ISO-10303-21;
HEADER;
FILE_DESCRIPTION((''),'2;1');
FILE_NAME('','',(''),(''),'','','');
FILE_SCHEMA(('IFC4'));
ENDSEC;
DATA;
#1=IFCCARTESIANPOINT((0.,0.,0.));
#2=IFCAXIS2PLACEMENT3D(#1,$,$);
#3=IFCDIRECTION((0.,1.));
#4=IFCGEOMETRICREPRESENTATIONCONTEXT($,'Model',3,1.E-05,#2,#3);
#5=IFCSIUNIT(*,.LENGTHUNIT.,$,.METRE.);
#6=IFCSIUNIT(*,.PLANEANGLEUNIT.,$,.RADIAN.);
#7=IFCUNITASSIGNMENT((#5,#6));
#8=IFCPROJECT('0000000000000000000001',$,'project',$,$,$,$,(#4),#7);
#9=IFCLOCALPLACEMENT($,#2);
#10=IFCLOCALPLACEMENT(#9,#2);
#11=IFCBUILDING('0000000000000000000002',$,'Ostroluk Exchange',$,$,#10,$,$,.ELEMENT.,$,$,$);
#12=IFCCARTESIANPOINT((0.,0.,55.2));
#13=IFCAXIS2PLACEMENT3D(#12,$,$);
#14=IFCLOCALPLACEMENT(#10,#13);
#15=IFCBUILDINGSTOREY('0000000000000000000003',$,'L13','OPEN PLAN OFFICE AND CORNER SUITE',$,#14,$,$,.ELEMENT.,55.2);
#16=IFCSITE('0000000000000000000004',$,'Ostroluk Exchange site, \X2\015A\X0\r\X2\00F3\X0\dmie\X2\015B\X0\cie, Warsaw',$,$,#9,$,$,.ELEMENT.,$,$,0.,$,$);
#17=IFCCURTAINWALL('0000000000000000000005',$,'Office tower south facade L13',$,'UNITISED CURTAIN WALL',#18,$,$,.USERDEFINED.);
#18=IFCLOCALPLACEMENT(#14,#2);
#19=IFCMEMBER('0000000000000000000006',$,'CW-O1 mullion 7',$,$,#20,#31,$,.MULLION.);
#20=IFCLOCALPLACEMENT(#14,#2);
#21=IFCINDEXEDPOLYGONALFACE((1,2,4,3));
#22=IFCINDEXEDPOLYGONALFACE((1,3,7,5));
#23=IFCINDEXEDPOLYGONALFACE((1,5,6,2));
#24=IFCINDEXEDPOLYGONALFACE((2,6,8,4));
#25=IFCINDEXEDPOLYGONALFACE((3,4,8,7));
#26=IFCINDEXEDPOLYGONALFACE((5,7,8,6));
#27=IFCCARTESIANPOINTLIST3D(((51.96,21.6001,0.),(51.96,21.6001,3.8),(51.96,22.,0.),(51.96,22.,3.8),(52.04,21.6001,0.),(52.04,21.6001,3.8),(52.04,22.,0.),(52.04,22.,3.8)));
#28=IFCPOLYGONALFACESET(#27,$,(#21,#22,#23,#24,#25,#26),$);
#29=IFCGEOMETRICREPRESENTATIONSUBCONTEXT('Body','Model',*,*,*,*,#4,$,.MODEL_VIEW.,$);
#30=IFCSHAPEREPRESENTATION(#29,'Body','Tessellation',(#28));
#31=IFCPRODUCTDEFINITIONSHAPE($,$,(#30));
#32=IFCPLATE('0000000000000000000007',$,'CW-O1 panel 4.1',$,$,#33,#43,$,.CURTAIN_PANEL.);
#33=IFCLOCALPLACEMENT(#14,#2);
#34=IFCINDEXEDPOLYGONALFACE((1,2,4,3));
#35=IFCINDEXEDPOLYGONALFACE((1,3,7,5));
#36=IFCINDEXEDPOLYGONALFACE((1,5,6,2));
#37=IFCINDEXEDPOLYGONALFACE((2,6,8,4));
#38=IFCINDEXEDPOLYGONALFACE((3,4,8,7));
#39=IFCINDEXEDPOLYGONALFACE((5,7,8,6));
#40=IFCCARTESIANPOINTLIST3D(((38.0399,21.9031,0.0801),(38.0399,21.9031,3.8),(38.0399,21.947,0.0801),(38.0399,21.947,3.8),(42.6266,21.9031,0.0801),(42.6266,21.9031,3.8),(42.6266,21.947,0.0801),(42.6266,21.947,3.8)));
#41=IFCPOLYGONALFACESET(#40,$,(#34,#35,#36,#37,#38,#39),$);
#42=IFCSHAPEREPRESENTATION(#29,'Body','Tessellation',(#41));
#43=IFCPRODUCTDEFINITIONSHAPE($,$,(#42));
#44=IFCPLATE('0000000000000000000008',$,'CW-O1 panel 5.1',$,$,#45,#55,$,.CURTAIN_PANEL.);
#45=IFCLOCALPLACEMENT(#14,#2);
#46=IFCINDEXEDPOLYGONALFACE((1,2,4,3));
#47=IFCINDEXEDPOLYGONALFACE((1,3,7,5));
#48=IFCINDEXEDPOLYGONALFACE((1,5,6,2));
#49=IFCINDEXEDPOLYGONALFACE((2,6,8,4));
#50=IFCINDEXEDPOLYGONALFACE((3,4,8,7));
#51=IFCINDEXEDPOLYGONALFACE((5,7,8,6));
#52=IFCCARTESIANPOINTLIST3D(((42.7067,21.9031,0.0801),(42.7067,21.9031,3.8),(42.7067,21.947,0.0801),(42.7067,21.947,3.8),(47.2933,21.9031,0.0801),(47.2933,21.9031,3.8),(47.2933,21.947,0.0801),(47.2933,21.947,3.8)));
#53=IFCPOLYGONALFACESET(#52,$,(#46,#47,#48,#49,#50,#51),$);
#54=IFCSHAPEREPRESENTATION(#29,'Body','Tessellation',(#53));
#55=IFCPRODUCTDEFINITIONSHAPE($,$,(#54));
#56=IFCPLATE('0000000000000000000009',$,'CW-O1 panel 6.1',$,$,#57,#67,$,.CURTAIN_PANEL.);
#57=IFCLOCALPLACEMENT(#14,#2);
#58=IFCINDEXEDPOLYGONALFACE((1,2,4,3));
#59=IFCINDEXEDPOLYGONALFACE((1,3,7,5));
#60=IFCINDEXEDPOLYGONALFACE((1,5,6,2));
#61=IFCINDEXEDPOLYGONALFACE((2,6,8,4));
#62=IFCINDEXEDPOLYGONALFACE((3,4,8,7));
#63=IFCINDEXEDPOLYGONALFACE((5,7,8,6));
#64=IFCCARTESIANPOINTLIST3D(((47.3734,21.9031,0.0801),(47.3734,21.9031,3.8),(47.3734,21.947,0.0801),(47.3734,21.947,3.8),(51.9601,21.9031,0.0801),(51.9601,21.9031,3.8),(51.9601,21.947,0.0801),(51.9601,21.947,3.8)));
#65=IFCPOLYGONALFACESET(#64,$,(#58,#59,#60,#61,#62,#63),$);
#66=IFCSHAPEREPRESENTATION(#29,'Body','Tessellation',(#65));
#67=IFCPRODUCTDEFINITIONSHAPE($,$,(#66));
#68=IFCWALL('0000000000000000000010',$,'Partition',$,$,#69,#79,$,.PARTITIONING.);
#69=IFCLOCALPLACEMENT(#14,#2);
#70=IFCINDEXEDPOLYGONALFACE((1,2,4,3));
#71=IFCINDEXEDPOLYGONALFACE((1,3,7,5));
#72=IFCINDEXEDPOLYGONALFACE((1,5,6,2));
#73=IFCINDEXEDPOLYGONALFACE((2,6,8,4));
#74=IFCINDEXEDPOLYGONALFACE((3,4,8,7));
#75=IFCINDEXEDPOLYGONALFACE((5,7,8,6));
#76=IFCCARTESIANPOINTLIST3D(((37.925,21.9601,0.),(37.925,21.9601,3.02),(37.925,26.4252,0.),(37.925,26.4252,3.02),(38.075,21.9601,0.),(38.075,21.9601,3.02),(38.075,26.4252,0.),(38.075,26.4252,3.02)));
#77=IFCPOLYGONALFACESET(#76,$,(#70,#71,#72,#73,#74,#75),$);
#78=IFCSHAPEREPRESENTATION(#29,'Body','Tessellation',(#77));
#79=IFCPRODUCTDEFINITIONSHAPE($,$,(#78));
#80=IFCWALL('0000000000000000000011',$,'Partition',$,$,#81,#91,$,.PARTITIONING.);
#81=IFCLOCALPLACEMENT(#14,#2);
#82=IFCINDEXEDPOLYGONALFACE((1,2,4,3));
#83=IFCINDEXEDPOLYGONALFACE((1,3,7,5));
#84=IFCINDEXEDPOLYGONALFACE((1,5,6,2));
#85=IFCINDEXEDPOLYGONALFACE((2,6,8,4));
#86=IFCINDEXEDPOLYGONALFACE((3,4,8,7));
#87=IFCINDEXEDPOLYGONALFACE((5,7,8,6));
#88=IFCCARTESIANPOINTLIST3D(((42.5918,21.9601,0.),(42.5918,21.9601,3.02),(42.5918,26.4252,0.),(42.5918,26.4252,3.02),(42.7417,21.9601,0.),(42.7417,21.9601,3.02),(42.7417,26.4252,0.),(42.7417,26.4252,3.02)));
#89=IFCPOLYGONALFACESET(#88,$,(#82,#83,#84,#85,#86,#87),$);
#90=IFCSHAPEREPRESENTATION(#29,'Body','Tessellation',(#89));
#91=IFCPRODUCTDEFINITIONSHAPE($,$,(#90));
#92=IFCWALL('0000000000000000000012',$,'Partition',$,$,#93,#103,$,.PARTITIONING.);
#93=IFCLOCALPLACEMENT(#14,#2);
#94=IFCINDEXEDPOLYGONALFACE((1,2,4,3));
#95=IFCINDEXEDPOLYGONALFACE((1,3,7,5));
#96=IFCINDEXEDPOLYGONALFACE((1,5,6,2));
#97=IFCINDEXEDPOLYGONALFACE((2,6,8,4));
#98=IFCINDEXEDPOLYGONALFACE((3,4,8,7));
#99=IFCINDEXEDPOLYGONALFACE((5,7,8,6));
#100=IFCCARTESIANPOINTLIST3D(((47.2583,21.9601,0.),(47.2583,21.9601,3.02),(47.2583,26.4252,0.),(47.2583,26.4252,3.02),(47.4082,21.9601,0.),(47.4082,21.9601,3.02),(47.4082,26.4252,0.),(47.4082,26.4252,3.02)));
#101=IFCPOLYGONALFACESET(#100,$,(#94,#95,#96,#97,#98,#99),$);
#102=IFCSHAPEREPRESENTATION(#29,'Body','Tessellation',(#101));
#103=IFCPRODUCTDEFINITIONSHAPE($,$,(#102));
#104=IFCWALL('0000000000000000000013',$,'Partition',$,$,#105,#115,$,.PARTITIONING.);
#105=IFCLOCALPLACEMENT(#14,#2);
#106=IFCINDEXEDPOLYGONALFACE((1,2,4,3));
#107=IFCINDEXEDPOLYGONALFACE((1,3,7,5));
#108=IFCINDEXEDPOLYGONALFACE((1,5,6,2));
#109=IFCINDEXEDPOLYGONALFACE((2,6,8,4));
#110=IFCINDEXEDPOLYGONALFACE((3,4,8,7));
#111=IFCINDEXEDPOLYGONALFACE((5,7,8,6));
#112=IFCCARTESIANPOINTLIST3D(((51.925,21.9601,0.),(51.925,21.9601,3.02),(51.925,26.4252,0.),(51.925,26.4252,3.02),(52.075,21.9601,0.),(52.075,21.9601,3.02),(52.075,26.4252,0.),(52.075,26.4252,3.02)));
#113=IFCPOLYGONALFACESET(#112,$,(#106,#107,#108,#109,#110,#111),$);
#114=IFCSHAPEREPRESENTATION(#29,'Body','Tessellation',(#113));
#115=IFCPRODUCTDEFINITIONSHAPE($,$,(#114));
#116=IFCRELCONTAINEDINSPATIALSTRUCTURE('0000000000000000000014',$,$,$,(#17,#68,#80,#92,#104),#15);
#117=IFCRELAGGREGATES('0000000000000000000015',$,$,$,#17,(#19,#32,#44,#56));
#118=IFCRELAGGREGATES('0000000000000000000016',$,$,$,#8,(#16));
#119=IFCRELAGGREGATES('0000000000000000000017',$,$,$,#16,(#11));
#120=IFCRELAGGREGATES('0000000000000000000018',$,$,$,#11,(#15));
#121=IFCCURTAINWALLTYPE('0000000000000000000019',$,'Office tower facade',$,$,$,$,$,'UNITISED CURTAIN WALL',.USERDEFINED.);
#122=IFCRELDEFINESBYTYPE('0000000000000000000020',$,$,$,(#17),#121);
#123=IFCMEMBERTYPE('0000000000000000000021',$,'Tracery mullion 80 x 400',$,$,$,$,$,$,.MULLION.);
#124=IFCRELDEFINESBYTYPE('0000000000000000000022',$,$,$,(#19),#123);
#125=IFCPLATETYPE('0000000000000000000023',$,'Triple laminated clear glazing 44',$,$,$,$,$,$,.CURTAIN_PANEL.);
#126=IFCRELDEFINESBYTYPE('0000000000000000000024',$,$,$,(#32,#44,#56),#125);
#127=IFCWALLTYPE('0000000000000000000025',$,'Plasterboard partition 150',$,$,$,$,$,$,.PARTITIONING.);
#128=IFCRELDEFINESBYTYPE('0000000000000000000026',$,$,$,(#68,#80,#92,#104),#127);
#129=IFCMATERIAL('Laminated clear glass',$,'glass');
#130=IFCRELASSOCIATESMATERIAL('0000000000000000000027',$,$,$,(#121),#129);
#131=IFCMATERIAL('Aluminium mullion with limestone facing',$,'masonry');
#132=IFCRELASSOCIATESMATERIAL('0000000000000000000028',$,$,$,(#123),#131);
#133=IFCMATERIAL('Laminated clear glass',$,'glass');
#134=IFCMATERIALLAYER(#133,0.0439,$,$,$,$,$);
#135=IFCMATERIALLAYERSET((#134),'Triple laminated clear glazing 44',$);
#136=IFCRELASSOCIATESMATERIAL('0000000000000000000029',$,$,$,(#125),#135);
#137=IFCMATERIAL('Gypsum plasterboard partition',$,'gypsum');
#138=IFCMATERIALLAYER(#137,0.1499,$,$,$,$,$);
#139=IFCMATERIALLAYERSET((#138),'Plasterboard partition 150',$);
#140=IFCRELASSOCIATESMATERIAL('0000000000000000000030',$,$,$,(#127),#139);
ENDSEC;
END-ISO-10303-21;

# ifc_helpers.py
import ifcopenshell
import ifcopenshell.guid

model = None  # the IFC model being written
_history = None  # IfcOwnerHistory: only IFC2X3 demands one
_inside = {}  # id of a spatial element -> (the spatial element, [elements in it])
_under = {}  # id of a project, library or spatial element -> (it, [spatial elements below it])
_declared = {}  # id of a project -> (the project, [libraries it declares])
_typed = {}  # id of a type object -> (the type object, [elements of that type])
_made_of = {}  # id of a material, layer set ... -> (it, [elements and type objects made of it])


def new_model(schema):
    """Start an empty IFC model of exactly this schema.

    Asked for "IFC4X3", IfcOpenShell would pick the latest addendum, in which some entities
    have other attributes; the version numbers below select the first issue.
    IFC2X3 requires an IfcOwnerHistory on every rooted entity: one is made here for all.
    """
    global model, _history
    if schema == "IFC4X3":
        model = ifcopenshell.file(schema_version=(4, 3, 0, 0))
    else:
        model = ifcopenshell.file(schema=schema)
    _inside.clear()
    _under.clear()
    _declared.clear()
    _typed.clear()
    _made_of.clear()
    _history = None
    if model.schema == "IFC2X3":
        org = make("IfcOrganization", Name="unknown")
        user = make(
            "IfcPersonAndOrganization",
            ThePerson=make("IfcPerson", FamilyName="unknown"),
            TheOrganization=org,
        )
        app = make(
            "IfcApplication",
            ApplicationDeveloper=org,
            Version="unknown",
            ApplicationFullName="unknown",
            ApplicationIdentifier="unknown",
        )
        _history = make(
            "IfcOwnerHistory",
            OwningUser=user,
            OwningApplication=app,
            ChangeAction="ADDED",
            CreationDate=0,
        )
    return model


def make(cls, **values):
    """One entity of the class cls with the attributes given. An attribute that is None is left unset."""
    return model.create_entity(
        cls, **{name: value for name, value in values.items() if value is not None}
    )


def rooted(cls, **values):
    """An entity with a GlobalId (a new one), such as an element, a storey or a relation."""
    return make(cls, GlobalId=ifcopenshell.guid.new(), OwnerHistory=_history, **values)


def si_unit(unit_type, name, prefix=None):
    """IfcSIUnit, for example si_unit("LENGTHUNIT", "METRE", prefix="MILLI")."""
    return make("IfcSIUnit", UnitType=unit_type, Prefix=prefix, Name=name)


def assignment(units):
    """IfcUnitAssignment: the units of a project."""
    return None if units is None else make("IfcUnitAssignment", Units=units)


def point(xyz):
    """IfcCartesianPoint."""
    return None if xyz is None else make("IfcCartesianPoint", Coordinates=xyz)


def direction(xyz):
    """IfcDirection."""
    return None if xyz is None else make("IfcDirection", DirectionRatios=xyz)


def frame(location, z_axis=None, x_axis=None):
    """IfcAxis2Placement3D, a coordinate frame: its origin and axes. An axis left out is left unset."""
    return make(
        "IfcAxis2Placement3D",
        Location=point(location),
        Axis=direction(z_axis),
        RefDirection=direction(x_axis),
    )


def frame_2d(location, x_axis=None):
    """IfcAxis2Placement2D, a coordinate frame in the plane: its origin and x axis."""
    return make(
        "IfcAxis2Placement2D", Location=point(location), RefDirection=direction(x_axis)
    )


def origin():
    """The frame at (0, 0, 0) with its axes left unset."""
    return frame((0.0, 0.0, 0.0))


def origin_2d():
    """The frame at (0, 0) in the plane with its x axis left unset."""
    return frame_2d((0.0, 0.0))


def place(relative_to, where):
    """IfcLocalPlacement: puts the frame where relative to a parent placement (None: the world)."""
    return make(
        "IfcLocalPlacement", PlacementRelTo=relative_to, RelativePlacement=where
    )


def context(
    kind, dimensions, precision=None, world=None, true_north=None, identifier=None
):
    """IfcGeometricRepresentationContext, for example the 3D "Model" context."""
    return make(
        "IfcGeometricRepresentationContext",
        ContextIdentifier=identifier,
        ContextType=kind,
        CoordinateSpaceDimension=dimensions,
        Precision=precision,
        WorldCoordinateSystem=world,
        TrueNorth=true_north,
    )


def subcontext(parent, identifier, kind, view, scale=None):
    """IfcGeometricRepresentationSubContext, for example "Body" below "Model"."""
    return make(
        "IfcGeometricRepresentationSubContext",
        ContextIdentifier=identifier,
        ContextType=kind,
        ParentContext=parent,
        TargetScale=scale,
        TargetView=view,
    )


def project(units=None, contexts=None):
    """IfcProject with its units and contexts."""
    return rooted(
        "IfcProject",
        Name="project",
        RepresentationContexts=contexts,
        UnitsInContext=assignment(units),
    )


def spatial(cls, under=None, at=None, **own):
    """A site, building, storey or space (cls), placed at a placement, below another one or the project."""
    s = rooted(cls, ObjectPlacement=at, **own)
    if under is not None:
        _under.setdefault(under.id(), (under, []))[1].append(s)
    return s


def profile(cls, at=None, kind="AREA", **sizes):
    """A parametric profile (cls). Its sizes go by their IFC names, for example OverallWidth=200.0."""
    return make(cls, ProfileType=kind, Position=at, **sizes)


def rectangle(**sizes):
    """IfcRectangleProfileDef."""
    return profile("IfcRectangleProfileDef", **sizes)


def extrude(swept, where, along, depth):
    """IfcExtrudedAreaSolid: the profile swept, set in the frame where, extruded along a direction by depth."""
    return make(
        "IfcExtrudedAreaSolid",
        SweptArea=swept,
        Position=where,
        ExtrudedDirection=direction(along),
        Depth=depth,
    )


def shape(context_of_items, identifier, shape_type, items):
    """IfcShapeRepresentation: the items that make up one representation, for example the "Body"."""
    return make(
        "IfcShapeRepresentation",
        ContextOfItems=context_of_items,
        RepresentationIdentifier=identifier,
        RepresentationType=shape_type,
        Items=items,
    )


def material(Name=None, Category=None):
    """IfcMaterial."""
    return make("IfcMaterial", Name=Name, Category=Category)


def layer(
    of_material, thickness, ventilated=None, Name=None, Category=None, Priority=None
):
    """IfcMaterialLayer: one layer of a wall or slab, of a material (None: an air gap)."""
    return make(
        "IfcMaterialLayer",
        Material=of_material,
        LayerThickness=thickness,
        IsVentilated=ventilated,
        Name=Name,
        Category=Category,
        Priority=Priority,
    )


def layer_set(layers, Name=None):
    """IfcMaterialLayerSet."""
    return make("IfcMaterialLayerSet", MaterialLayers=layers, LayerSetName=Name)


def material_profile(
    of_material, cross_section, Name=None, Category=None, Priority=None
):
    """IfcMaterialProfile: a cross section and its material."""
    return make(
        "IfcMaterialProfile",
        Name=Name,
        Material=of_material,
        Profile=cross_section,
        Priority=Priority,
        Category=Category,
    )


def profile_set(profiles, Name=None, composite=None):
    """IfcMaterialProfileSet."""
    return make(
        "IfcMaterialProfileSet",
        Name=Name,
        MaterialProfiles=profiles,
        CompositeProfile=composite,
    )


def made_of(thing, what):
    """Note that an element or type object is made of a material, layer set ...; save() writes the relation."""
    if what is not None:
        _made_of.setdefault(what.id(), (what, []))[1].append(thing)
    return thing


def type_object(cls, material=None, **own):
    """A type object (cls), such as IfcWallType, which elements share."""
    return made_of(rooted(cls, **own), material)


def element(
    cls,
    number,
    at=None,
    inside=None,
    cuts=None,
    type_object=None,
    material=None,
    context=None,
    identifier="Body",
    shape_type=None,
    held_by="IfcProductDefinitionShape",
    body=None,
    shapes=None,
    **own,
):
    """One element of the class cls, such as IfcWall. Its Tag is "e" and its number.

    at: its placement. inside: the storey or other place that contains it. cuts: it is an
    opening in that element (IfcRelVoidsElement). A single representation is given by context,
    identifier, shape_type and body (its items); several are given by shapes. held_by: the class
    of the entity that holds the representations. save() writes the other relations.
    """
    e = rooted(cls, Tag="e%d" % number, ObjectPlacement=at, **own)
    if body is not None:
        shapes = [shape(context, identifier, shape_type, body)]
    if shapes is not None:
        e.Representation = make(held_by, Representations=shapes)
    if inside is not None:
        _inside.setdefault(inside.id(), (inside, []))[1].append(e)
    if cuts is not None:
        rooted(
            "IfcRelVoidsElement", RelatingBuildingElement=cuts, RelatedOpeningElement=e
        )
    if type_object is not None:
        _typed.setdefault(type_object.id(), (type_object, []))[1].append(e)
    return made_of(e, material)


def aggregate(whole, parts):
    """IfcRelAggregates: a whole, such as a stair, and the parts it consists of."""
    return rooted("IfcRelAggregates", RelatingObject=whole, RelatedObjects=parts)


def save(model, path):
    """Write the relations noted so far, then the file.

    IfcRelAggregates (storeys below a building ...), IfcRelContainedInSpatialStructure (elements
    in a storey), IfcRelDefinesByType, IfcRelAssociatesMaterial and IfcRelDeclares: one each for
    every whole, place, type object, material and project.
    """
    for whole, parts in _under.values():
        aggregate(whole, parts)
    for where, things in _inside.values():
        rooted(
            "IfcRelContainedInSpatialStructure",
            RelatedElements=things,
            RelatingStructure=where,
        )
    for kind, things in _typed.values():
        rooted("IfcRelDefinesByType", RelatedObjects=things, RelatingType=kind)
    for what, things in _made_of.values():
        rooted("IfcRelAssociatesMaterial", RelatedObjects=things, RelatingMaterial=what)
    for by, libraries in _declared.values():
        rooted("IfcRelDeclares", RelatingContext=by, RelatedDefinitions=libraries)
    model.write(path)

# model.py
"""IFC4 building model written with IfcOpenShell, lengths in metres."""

from ifc_helpers import new_model, si_unit, direction, frame, frame_2d, origin, origin_2d, place, context, subcontext, project, spatial, rectangle, extrude, material, layer, layer_set, material_profile, profile_set, type_object, element, aggregate, save


model = new_model("IFC4")

# Units and contexts
model_context = context("Model", 3, precision=1e-05, world=origin(), true_north=direction((0.0, 1.0)))
body_context = subcontext(model_context, "Body", "Model", "MODEL_VIEW")
ifc_project = project(units=[si_unit("LENGTHUNIT", "METRE"), si_unit("PLANEANGLEUNIT", "RADIAN")], contexts=[model_context])

# Site, building, storey
site_placement = place(None, origin())
site = spatial("IfcSite", under=ifc_project, at=site_placement, Name="Ostroluk Exchange site, Śródmieście, Warsaw", CompositionType="ELEMENT", RefElevation=0.0)
building_placement = place(site_placement, origin())
building = spatial("IfcBuilding", under=site, at=building_placement, Name="Ostroluk Exchange", CompositionType="ELEMENT")
storey_placement = place(building_placement, frame((0.0, 0.0, 55.2)))
storey = spatial("IfcBuildingStorey", under=building, at=storey_placement, Name="L13", Description="OPEN PLAN OFFICE AND CORNER SUITE", CompositionType="ELEMENT", Elevation=55.2)

# Curtain wall, member, plates
ifc_material_1 = material(Name="Laminated clear glass", Category="glass")
curtain_wall_type = type_object("IfcCurtainWallType", Name="Office tower facade", ElementType="UNITISED CURTAIN WALL", PredefinedType="USERDEFINED", material=ifc_material_1)
curtain_wall_placement = place(storey_placement, origin())
curtain_wall = element("IfcCurtainWall", 1, at=curtain_wall_placement, inside=storey, type_object=curtain_wall_type, Name="Office tower south facade L13", ObjectType="UNITISED CURTAIN WALL", PredefinedType="USERDEFINED")
ifc_material_2 = material(Name="Aluminium mullion with limestone facing", Category="masonry")
ifc_material_profile_1 = material_profile(ifc_material_2, rectangle(XDim=0.3999, YDim=0.0801, at=origin_2d()), Name="Tracery mullion 80 x 400")
ifc_profile_set_1 = profile_set([ifc_material_profile_1], Name="Aluminium mullion with limestone facing")
member_type_1 = type_object("IfcMemberType", Name="Tracery mullion 80 x 400", PredefinedType="MULLION", material=ifc_profile_set_1)
member_1_placement = place(storey_placement, frame((52.0, 21.8, 0.0), z_axis=(0.0, 0.0, 1.0), x_axis=(0.0, 1.0, 0.0)))
member_1 = element("IfcMember", 2, at=member_1_placement, type_object=member_type_1, Name="CW-O1 mullion 7", PredefinedType="MULLION", context=body_context, shape_type="SweptSolid", body=[
    extrude(rectangle(XDim=0.3999, YDim=0.0801, at=origin_2d()), origin(), (0.0, 0.0, 1.0), 3.8),
])
ifc_material_3 = material(Name="Laminated clear glass", Category="glass")
ifc_layer_1 = layer(ifc_material_3, 0.0439)
ifc_layer_set_1 = layer_set([ifc_layer_1], Name="Triple laminated clear glazing 44")
plate_type = type_object("IfcPlateType", Name="Triple laminated clear glazing 44", PredefinedType="CURTAIN_PANEL", material=ifc_layer_set_1)
plate_1_placement = place(storey_placement, frame((40.3333, 21.925, 0.0801), z_axis=(0.0, 0.0, 1.0), x_axis=(1.0, 0.0, 0.0)))
plate_1 = element("IfcPlate", 3, at=plate_1_placement, type_object=plate_type, Name="CW-O1 panel 4.1", PredefinedType="CURTAIN_PANEL", context=body_context, shape_type="SweptSolid", body=[
    extrude(rectangle(XDim=4.5867, YDim=0.0439, at=origin_2d()), origin(), (0.0, 0.0, 1.0), 3.72),
])
plate_2_placement = place(storey_placement, frame((45.0, 21.925, 0.0801), z_axis=(0.0, 0.0, 1.0), x_axis=(1.0, 0.0, 0.0)))
plate_2 = element("IfcPlate", 4, at=plate_2_placement, type_object=plate_type, Name="CW-O1 panel 5.1", PredefinedType="CURTAIN_PANEL", context=body_context, shape_type="SweptSolid", body=[
    extrude(rectangle(XDim=4.5867, YDim=0.0439, at=origin_2d()), origin(), (0.0, 0.0, 1.0), 3.72),
])
plate_3_placement = place(storey_placement, frame((49.6667, 21.925, 0.0801), z_axis=(0.0, 0.0, 1.0), x_axis=(1.0, 0.0, 0.0)))
plate_3 = element("IfcPlate", 5, at=plate_3_placement, type_object=plate_type, Name="CW-O1 panel 6.1", PredefinedType="CURTAIN_PANEL", context=body_context, shape_type="SweptSolid", body=[
    extrude(rectangle(XDim=4.5867, YDim=0.0439, at=origin_2d()), origin(), (0.0, 0.0, 1.0), 3.72),
])
aggregate(curtain_wall, [member_1, plate_1, plate_2, plate_3])

# Walls
ifc_material_4 = material(Name="Gypsum plasterboard partition", Category="gypsum")
ifc_layer_2 = layer(ifc_material_4, 0.1499)
ifc_layer_set_2 = layer_set([ifc_layer_2], Name="Plasterboard partition 150")
wall_type = type_object("IfcWallType", Name="Plasterboard partition 150", PredefinedType="PARTITIONING", material=ifc_layer_set_2)
for number, where, z_axis, x_axis, name in (
    (6, (38.0, 26.425, 0.0), (0.0, 0.0, 1.0), (0.0, -1.0, 0.0), "Partition"),
    (7, (42.6667, 26.425, 0.0), (0.0, 0.0, 1.0), (0.0, -1.0, 0.0), "Partition"),
    (8, (47.3333, 26.425, 0.0), (0.0, 0.0, 1.0), (0.0, -1.0, 0.0), "Partition"),
    (9, (52.0, 26.425, 0.0), (0.0, 0.0, 1.0), (0.0, -1.0, 0.0), "Partition"),
):
    element("IfcWall", number, at=place(storey_placement, frame(where, z_axis=z_axis, x_axis=x_axis)), inside=storey, type_object=wall_type, Name=name, PredefinedType="PARTITIONING", context=body_context, shape_type="SweptSolid", body=[
        extrude(rectangle(XDim=4.4651, YDim=0.1499, at=frame_2d((2.2324, 0.0))), origin(), (0.0, 0.0, 1.0), 3.02),
    ])

save(model, "model.ifc")
